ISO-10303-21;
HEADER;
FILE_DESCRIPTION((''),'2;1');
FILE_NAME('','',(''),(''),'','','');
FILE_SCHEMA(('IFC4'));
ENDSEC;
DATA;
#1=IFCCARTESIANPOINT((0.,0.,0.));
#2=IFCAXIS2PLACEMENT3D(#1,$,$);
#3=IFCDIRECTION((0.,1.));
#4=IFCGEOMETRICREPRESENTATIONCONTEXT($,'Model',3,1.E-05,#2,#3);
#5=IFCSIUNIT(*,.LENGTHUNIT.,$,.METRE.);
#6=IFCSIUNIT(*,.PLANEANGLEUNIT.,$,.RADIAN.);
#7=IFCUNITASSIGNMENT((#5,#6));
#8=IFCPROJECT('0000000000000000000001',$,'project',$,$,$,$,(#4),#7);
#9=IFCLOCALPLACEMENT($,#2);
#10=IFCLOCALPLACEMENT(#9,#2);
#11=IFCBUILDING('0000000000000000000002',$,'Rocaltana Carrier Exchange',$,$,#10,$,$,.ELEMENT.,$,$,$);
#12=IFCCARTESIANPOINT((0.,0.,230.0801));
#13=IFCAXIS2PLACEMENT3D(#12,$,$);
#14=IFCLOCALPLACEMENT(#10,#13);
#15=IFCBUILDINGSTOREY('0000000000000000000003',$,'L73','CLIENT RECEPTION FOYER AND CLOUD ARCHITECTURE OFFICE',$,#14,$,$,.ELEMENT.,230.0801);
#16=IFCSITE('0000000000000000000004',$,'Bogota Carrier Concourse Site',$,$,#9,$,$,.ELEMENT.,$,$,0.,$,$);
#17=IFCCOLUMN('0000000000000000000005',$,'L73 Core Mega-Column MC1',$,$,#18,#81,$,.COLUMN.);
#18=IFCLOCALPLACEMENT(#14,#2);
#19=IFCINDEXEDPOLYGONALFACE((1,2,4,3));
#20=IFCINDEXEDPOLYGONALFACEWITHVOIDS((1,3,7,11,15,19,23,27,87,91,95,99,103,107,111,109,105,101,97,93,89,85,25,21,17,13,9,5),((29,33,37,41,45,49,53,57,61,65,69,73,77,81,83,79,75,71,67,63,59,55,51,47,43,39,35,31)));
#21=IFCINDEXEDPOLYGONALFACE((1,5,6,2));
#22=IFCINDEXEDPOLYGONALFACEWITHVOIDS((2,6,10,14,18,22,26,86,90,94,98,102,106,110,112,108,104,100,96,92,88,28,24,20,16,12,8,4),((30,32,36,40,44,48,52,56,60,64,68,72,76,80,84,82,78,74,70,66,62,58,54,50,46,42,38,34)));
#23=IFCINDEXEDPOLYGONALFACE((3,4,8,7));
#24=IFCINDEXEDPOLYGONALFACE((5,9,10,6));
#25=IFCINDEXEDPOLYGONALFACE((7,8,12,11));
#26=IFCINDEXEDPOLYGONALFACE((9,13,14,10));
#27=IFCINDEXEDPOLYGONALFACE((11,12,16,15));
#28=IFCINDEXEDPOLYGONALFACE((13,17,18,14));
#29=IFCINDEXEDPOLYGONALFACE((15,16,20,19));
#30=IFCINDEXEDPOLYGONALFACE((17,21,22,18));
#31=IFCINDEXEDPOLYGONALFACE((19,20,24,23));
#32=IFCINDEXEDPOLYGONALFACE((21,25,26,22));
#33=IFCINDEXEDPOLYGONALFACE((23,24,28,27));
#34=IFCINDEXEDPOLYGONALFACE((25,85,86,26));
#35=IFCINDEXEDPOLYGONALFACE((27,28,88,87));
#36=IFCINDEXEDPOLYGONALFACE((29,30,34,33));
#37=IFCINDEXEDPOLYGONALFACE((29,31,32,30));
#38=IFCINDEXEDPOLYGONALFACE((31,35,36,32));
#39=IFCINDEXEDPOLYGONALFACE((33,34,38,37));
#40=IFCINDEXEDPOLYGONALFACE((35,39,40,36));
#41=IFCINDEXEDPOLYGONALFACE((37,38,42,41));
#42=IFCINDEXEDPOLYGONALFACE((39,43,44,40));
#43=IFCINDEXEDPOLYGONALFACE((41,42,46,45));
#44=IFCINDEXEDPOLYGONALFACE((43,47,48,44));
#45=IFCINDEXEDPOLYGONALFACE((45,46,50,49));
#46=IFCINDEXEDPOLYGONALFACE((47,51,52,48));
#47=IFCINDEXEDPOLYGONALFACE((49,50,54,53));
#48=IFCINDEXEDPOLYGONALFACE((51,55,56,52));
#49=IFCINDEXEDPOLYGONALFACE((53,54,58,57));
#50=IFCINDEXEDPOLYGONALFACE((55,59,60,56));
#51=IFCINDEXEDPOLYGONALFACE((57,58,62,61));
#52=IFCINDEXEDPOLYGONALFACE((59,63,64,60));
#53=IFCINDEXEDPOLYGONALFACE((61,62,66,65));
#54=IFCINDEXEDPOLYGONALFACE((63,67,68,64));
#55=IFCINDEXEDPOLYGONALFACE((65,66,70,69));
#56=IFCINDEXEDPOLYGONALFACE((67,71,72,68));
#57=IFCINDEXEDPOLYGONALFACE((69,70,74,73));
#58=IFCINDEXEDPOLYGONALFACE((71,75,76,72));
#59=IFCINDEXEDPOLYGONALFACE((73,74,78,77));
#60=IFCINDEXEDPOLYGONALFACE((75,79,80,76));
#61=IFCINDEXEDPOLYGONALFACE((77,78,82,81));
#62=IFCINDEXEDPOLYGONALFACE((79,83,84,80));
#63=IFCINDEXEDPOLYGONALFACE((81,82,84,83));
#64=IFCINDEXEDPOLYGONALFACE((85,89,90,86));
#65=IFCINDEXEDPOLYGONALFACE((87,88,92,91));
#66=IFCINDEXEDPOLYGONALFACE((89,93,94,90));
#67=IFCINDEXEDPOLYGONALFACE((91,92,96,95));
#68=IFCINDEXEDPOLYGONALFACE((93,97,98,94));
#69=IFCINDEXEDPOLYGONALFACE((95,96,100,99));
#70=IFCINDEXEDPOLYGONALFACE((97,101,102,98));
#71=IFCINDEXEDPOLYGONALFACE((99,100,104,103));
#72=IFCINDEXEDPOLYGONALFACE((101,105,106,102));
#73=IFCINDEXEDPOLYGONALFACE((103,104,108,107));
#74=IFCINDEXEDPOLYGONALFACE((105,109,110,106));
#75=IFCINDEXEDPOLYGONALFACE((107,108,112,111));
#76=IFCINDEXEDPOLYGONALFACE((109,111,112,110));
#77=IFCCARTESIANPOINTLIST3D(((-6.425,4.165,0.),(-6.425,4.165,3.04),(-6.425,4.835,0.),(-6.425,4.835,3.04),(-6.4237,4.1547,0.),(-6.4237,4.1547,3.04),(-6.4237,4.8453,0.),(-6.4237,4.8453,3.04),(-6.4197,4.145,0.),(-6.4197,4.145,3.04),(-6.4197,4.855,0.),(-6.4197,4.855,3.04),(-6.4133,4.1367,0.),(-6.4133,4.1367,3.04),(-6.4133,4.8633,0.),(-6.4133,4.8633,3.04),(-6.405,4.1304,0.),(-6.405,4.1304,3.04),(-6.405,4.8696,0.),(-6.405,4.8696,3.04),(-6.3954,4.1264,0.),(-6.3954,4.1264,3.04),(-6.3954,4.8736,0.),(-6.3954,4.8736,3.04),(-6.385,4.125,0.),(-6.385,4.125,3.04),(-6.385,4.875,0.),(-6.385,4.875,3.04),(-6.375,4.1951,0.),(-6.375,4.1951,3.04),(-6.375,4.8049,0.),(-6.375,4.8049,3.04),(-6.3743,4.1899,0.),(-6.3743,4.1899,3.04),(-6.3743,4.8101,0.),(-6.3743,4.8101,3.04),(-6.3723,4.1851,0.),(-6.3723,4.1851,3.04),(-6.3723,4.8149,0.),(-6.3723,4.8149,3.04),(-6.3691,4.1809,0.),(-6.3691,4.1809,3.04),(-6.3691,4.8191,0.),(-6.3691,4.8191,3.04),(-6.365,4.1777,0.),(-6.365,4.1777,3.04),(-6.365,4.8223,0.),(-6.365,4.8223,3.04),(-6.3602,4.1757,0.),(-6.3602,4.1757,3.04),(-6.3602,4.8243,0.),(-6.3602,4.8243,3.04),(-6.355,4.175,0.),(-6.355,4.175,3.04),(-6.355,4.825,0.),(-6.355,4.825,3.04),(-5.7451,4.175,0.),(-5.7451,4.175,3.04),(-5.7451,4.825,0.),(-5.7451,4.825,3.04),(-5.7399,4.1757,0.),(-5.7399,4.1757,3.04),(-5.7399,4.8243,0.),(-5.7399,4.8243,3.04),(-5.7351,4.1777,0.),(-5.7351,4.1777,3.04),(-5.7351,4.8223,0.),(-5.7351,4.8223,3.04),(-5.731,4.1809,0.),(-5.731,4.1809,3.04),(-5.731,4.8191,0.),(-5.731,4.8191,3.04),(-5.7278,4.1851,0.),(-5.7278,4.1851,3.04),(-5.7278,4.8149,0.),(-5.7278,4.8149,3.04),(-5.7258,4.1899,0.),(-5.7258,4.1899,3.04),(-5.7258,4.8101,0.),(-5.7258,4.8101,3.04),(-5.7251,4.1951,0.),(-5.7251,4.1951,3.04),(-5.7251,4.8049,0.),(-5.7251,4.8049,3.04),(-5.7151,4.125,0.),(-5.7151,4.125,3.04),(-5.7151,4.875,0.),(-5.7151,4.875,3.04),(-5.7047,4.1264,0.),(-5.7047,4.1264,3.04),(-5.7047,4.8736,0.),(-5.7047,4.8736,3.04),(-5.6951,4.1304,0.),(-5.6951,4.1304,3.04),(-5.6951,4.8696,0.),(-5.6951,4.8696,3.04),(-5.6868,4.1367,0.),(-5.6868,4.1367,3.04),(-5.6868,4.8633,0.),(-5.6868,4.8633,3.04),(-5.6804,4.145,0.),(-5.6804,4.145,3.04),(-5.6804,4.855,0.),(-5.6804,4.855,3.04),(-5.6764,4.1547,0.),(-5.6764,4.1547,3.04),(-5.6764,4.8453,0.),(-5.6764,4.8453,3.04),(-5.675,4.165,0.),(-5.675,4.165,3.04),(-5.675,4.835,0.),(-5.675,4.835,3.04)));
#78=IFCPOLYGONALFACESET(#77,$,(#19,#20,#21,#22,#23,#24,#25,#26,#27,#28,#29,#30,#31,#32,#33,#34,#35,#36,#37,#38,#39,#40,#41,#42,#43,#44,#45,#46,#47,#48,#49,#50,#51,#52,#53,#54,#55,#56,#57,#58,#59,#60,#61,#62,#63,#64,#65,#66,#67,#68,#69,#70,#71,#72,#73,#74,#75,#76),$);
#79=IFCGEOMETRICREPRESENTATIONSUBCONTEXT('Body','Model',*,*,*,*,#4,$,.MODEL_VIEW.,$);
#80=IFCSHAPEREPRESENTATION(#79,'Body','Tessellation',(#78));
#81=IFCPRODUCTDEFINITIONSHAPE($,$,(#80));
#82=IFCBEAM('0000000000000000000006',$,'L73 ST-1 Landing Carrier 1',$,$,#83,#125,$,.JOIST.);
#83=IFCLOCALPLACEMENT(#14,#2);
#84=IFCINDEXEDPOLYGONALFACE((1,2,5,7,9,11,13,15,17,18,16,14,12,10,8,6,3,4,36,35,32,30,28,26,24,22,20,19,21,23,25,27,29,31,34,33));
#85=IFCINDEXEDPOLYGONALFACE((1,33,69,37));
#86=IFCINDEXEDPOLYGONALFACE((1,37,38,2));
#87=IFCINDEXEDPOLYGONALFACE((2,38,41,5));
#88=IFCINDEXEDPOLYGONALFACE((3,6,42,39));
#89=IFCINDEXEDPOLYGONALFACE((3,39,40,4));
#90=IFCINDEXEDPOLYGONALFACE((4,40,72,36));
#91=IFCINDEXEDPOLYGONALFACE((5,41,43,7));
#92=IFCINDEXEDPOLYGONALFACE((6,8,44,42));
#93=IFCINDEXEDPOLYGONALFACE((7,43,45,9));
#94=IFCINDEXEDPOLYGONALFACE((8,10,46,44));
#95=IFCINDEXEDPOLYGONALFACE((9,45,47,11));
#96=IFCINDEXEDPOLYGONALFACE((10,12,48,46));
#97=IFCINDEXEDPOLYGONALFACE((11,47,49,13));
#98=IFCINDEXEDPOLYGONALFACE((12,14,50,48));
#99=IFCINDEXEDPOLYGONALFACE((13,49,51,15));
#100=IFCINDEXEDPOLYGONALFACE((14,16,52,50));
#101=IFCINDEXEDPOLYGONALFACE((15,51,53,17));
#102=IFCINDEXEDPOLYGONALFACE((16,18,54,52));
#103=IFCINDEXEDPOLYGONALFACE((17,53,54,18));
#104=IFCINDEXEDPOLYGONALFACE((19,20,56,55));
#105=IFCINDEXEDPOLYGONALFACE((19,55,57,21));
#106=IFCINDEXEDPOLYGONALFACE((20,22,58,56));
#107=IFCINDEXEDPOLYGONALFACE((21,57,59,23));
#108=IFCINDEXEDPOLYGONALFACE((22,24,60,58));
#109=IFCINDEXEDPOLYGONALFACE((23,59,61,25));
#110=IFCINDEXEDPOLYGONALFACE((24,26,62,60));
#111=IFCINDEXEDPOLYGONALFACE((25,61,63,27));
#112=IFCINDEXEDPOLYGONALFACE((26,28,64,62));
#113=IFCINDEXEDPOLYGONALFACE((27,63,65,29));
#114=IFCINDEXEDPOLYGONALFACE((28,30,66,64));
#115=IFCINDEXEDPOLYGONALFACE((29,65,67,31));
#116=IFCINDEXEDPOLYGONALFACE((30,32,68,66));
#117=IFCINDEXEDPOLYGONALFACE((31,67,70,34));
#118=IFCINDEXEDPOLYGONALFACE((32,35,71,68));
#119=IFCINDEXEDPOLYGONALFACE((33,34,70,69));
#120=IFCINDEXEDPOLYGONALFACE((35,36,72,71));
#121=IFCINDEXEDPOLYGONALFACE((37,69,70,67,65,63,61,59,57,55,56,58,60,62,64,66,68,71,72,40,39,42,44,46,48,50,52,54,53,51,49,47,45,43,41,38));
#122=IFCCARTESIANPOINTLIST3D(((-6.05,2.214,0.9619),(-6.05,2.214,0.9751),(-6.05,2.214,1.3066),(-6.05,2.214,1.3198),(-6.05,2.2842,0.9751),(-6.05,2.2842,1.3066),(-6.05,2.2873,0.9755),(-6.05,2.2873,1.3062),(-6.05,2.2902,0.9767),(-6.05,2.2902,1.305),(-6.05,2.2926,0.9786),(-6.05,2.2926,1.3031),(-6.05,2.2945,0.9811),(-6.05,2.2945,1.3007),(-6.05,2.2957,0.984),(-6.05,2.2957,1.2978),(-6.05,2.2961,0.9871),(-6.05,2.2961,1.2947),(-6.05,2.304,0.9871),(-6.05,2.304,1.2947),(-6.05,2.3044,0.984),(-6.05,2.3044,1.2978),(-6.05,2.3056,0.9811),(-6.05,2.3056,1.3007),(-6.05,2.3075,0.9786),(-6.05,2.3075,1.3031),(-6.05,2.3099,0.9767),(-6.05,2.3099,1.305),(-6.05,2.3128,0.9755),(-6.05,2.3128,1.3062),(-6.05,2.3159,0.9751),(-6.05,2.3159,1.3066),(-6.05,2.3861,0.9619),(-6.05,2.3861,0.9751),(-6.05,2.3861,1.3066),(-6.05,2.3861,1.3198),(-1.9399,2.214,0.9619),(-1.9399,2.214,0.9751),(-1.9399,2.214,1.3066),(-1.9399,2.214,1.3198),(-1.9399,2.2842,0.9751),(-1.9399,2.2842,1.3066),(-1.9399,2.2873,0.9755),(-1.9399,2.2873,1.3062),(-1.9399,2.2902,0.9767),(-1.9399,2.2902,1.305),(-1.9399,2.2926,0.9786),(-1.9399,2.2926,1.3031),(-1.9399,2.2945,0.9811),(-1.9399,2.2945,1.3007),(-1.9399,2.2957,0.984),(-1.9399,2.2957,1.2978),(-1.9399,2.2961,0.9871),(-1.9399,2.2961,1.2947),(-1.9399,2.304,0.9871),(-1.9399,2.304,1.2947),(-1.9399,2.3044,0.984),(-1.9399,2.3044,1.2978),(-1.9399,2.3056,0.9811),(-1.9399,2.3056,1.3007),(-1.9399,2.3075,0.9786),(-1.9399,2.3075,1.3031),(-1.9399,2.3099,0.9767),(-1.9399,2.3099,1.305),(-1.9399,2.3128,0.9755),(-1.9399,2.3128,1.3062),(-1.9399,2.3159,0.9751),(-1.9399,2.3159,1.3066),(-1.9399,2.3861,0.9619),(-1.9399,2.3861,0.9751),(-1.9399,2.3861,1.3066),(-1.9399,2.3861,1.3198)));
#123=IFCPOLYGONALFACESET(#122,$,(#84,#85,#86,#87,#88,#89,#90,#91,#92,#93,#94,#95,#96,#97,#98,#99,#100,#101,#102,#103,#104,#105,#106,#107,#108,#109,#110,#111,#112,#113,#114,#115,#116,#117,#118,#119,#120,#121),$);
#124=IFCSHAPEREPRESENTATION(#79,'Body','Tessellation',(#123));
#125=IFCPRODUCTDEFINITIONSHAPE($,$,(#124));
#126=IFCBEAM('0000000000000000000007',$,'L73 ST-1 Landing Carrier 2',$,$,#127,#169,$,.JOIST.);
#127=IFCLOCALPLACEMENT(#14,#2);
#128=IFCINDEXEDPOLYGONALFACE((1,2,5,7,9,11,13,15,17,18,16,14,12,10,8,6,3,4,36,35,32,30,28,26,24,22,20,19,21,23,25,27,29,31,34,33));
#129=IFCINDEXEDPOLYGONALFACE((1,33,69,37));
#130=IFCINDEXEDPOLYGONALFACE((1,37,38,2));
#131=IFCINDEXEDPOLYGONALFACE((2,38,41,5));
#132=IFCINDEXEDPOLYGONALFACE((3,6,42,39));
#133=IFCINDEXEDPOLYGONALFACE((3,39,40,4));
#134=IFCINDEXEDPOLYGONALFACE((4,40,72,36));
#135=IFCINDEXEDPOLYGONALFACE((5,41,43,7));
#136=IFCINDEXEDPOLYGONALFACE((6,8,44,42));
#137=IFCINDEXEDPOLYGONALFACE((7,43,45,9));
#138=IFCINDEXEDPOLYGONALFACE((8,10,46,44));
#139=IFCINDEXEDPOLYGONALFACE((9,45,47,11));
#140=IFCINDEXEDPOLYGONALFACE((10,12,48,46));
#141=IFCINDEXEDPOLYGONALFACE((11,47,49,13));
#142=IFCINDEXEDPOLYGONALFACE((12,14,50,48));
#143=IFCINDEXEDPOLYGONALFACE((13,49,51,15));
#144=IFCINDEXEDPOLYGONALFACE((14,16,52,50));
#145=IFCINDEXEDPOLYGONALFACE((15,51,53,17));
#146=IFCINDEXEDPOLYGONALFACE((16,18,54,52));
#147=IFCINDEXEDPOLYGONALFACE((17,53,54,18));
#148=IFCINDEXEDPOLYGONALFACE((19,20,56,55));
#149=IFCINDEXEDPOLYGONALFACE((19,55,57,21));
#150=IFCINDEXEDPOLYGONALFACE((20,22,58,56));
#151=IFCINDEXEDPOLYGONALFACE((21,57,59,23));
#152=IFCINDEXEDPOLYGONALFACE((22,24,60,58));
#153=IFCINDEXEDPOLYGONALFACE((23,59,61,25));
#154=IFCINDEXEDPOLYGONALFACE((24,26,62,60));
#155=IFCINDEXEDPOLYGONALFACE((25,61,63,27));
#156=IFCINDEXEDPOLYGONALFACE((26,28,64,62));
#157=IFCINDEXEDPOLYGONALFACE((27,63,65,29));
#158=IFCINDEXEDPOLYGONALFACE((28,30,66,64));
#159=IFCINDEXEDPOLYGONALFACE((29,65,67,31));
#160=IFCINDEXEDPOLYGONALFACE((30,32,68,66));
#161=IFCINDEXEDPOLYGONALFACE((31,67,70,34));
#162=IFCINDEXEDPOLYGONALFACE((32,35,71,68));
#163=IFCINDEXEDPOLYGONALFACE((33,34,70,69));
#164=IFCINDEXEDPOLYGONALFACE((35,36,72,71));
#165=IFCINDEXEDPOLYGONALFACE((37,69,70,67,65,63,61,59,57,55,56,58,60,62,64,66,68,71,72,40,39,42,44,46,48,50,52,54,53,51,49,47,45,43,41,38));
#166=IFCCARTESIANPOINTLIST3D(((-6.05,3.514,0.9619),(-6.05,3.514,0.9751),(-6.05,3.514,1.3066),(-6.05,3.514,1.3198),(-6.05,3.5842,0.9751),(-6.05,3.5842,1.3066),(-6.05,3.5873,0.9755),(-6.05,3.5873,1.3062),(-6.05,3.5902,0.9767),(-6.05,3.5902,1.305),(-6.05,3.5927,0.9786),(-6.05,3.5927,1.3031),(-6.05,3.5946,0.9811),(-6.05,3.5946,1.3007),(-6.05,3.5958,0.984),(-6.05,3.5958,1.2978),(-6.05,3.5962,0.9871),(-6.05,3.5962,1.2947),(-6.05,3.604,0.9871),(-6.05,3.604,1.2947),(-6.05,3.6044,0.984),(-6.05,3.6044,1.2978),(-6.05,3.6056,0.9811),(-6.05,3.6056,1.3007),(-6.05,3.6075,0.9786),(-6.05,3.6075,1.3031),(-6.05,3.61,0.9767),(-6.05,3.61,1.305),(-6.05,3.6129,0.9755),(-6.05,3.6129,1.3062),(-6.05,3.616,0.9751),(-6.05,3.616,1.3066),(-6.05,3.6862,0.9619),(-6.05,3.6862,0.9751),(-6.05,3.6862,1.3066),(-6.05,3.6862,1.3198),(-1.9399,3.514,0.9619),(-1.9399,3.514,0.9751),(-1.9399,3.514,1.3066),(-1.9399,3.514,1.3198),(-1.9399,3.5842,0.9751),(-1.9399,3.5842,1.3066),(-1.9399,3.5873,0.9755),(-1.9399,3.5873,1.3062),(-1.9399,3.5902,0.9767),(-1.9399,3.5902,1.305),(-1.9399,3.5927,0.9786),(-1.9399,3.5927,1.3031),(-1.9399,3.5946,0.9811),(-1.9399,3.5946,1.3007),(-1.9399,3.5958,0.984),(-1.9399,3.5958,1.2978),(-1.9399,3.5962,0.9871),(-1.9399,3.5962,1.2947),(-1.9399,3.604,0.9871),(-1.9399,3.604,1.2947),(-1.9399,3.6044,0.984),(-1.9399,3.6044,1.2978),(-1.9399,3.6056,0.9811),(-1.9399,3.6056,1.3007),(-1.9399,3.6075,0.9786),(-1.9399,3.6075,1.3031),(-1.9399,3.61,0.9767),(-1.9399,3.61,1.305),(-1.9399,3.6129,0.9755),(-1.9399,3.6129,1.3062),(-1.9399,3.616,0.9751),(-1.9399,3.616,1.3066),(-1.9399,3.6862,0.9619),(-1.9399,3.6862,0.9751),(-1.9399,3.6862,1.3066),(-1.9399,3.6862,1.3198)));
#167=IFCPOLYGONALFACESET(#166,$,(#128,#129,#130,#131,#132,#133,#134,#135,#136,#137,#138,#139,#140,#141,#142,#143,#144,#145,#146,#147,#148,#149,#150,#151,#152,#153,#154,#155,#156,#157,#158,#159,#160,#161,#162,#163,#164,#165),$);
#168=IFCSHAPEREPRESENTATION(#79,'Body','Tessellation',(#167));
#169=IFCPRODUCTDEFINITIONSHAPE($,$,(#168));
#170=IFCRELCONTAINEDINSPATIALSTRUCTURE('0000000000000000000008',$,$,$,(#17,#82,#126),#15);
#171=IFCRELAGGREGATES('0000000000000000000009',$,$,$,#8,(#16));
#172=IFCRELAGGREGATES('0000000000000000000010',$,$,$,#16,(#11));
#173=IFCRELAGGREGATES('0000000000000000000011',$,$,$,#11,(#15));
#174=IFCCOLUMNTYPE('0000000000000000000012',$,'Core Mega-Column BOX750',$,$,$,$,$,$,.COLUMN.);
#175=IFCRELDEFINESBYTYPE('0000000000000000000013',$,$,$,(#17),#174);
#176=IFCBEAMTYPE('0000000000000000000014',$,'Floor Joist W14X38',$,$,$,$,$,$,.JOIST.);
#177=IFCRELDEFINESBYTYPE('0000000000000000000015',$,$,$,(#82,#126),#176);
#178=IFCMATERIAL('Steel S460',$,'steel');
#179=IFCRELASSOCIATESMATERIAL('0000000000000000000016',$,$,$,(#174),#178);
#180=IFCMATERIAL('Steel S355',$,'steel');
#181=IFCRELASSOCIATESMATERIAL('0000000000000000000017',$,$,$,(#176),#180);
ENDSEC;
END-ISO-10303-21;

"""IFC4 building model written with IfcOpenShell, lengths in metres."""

from ifc_helpers import new_model, si_unit, direction, frame, origin, origin_2d, place, context, subcontext, project, spatial, hollow_rectangle, i_section, extrude, material, material_profile, profile_set, type_object, element, save


model = new_model("IFC4")

# Units and contexts
model_context = context("Model", 3, precision=1e-05, world=origin(), true_north=direction((0.0, 1.0)))
body_context = subcontext(model_context, "Body", "Model", "MODEL_VIEW")
ifc_project = project(units=[si_unit("LENGTHUNIT", "METRE"), si_unit("PLANEANGLEUNIT", "RADIAN")], contexts=[model_context])

# Site, building, storey
site_placement = place(None, origin())
site = spatial("IfcSite", under=ifc_project, at=site_placement, Name="Bogota Carrier Concourse Site", CompositionType="ELEMENT", RefElevation=0.0)
building_placement = place(site_placement, origin())
building = spatial("IfcBuilding", under=site, at=building_placement, Name="Rocaltana Carrier Exchange", CompositionType="ELEMENT")
storey_placement = place(building_placement, frame((0.0, 0.0, 230.0801)))
storey = spatial("IfcBuildingStorey", under=building, at=storey_placement, Name="L73", Description="CLIENT RECEPTION FOYER AND CLOUD ARCHITECTURE OFFICE", CompositionType="ELEMENT", Elevation=230.0801)

# Column
ifc_material_1 = material(Name="Steel S460", Category="steel")
ifc_material_profile_1 = material_profile(ifc_material_1, hollow_rectangle(XDim=0.75, YDim=0.75, WallThickness=0.05, InnerFilletRadius=0.02, OuterFilletRadius=0.04, at=origin_2d()), Name="BOX750X750X50")
ifc_profile_set_1 = profile_set([ifc_material_profile_1], Name="Steel S460")
column_type = type_object("IfcColumnType", Name="Core Mega-Column BOX750", PredefinedType="COLUMN", material=ifc_profile_set_1)
column_placement = place(storey_placement, frame((-6.05, 4.5, 0.0), z_axis=(0.0, 0.0, 1.0), x_axis=(1.0, 0.0, 0.0)))
element("IfcColumn", 1, at=column_placement, inside=storey, type_object=column_type, Name="L73 Core Mega-Column MC1", PredefinedType="COLUMN", context=body_context, shape_type="SweptSolid", body=[
    extrude(hollow_rectangle(XDim=0.75, YDim=0.75, WallThickness=0.05, InnerFilletRadius=0.02, OuterFilletRadius=0.04, at=origin_2d()), origin(), (0.0, 0.0, 1.0), 3.04),
])

# Beams
ifc_material_2 = material(Name="Steel S355", Category="steel")
ifc_material_profile_2 = material_profile(ifc_material_2, i_section(OverallWidth=0.1721, OverallDepth=0.3579, WebThickness=0.0078, FlangeThickness=0.0132, FilletRadius=0.012, at=origin_2d()), Name="W14X38")
ifc_profile_set_2 = profile_set([ifc_material_profile_2], Name="Steel S355")
beam_type_1 = type_object("IfcBeamType", Name="Floor Joist W14X38", PredefinedType="JOIST", material=ifc_profile_set_2)
for number, where, z_axis, x_axis, name in (
    (2, (-6.05, 2.3, 1.1409), (1.0, 0.0, 0.0), (0.0, 1.0, 0.0), "L73 ST-1 Landing Carrier 1"),
    (3, (-6.05, 3.6001, 1.1409), (1.0, 0.0, 0.0), (0.0, 1.0, 0.0), "L73 ST-1 Landing Carrier 2"),
):
    element("IfcBeam", number, at=place(storey_placement, frame(where, z_axis=z_axis, x_axis=x_axis)), inside=storey, type_object=beam_type_1, Name=name, PredefinedType="JOIST", context=body_context, shape_type="SweptSolid", body=[
        extrude(i_section(OverallWidth=0.1721, OverallDepth=0.3579, WebThickness=0.0078, FlangeThickness=0.0132, FilletRadius=0.012, at=origin_2d()), origin(), (0.0, 0.0, 1.0), 4.1101),
    ])

save(model, "model.ifc")
